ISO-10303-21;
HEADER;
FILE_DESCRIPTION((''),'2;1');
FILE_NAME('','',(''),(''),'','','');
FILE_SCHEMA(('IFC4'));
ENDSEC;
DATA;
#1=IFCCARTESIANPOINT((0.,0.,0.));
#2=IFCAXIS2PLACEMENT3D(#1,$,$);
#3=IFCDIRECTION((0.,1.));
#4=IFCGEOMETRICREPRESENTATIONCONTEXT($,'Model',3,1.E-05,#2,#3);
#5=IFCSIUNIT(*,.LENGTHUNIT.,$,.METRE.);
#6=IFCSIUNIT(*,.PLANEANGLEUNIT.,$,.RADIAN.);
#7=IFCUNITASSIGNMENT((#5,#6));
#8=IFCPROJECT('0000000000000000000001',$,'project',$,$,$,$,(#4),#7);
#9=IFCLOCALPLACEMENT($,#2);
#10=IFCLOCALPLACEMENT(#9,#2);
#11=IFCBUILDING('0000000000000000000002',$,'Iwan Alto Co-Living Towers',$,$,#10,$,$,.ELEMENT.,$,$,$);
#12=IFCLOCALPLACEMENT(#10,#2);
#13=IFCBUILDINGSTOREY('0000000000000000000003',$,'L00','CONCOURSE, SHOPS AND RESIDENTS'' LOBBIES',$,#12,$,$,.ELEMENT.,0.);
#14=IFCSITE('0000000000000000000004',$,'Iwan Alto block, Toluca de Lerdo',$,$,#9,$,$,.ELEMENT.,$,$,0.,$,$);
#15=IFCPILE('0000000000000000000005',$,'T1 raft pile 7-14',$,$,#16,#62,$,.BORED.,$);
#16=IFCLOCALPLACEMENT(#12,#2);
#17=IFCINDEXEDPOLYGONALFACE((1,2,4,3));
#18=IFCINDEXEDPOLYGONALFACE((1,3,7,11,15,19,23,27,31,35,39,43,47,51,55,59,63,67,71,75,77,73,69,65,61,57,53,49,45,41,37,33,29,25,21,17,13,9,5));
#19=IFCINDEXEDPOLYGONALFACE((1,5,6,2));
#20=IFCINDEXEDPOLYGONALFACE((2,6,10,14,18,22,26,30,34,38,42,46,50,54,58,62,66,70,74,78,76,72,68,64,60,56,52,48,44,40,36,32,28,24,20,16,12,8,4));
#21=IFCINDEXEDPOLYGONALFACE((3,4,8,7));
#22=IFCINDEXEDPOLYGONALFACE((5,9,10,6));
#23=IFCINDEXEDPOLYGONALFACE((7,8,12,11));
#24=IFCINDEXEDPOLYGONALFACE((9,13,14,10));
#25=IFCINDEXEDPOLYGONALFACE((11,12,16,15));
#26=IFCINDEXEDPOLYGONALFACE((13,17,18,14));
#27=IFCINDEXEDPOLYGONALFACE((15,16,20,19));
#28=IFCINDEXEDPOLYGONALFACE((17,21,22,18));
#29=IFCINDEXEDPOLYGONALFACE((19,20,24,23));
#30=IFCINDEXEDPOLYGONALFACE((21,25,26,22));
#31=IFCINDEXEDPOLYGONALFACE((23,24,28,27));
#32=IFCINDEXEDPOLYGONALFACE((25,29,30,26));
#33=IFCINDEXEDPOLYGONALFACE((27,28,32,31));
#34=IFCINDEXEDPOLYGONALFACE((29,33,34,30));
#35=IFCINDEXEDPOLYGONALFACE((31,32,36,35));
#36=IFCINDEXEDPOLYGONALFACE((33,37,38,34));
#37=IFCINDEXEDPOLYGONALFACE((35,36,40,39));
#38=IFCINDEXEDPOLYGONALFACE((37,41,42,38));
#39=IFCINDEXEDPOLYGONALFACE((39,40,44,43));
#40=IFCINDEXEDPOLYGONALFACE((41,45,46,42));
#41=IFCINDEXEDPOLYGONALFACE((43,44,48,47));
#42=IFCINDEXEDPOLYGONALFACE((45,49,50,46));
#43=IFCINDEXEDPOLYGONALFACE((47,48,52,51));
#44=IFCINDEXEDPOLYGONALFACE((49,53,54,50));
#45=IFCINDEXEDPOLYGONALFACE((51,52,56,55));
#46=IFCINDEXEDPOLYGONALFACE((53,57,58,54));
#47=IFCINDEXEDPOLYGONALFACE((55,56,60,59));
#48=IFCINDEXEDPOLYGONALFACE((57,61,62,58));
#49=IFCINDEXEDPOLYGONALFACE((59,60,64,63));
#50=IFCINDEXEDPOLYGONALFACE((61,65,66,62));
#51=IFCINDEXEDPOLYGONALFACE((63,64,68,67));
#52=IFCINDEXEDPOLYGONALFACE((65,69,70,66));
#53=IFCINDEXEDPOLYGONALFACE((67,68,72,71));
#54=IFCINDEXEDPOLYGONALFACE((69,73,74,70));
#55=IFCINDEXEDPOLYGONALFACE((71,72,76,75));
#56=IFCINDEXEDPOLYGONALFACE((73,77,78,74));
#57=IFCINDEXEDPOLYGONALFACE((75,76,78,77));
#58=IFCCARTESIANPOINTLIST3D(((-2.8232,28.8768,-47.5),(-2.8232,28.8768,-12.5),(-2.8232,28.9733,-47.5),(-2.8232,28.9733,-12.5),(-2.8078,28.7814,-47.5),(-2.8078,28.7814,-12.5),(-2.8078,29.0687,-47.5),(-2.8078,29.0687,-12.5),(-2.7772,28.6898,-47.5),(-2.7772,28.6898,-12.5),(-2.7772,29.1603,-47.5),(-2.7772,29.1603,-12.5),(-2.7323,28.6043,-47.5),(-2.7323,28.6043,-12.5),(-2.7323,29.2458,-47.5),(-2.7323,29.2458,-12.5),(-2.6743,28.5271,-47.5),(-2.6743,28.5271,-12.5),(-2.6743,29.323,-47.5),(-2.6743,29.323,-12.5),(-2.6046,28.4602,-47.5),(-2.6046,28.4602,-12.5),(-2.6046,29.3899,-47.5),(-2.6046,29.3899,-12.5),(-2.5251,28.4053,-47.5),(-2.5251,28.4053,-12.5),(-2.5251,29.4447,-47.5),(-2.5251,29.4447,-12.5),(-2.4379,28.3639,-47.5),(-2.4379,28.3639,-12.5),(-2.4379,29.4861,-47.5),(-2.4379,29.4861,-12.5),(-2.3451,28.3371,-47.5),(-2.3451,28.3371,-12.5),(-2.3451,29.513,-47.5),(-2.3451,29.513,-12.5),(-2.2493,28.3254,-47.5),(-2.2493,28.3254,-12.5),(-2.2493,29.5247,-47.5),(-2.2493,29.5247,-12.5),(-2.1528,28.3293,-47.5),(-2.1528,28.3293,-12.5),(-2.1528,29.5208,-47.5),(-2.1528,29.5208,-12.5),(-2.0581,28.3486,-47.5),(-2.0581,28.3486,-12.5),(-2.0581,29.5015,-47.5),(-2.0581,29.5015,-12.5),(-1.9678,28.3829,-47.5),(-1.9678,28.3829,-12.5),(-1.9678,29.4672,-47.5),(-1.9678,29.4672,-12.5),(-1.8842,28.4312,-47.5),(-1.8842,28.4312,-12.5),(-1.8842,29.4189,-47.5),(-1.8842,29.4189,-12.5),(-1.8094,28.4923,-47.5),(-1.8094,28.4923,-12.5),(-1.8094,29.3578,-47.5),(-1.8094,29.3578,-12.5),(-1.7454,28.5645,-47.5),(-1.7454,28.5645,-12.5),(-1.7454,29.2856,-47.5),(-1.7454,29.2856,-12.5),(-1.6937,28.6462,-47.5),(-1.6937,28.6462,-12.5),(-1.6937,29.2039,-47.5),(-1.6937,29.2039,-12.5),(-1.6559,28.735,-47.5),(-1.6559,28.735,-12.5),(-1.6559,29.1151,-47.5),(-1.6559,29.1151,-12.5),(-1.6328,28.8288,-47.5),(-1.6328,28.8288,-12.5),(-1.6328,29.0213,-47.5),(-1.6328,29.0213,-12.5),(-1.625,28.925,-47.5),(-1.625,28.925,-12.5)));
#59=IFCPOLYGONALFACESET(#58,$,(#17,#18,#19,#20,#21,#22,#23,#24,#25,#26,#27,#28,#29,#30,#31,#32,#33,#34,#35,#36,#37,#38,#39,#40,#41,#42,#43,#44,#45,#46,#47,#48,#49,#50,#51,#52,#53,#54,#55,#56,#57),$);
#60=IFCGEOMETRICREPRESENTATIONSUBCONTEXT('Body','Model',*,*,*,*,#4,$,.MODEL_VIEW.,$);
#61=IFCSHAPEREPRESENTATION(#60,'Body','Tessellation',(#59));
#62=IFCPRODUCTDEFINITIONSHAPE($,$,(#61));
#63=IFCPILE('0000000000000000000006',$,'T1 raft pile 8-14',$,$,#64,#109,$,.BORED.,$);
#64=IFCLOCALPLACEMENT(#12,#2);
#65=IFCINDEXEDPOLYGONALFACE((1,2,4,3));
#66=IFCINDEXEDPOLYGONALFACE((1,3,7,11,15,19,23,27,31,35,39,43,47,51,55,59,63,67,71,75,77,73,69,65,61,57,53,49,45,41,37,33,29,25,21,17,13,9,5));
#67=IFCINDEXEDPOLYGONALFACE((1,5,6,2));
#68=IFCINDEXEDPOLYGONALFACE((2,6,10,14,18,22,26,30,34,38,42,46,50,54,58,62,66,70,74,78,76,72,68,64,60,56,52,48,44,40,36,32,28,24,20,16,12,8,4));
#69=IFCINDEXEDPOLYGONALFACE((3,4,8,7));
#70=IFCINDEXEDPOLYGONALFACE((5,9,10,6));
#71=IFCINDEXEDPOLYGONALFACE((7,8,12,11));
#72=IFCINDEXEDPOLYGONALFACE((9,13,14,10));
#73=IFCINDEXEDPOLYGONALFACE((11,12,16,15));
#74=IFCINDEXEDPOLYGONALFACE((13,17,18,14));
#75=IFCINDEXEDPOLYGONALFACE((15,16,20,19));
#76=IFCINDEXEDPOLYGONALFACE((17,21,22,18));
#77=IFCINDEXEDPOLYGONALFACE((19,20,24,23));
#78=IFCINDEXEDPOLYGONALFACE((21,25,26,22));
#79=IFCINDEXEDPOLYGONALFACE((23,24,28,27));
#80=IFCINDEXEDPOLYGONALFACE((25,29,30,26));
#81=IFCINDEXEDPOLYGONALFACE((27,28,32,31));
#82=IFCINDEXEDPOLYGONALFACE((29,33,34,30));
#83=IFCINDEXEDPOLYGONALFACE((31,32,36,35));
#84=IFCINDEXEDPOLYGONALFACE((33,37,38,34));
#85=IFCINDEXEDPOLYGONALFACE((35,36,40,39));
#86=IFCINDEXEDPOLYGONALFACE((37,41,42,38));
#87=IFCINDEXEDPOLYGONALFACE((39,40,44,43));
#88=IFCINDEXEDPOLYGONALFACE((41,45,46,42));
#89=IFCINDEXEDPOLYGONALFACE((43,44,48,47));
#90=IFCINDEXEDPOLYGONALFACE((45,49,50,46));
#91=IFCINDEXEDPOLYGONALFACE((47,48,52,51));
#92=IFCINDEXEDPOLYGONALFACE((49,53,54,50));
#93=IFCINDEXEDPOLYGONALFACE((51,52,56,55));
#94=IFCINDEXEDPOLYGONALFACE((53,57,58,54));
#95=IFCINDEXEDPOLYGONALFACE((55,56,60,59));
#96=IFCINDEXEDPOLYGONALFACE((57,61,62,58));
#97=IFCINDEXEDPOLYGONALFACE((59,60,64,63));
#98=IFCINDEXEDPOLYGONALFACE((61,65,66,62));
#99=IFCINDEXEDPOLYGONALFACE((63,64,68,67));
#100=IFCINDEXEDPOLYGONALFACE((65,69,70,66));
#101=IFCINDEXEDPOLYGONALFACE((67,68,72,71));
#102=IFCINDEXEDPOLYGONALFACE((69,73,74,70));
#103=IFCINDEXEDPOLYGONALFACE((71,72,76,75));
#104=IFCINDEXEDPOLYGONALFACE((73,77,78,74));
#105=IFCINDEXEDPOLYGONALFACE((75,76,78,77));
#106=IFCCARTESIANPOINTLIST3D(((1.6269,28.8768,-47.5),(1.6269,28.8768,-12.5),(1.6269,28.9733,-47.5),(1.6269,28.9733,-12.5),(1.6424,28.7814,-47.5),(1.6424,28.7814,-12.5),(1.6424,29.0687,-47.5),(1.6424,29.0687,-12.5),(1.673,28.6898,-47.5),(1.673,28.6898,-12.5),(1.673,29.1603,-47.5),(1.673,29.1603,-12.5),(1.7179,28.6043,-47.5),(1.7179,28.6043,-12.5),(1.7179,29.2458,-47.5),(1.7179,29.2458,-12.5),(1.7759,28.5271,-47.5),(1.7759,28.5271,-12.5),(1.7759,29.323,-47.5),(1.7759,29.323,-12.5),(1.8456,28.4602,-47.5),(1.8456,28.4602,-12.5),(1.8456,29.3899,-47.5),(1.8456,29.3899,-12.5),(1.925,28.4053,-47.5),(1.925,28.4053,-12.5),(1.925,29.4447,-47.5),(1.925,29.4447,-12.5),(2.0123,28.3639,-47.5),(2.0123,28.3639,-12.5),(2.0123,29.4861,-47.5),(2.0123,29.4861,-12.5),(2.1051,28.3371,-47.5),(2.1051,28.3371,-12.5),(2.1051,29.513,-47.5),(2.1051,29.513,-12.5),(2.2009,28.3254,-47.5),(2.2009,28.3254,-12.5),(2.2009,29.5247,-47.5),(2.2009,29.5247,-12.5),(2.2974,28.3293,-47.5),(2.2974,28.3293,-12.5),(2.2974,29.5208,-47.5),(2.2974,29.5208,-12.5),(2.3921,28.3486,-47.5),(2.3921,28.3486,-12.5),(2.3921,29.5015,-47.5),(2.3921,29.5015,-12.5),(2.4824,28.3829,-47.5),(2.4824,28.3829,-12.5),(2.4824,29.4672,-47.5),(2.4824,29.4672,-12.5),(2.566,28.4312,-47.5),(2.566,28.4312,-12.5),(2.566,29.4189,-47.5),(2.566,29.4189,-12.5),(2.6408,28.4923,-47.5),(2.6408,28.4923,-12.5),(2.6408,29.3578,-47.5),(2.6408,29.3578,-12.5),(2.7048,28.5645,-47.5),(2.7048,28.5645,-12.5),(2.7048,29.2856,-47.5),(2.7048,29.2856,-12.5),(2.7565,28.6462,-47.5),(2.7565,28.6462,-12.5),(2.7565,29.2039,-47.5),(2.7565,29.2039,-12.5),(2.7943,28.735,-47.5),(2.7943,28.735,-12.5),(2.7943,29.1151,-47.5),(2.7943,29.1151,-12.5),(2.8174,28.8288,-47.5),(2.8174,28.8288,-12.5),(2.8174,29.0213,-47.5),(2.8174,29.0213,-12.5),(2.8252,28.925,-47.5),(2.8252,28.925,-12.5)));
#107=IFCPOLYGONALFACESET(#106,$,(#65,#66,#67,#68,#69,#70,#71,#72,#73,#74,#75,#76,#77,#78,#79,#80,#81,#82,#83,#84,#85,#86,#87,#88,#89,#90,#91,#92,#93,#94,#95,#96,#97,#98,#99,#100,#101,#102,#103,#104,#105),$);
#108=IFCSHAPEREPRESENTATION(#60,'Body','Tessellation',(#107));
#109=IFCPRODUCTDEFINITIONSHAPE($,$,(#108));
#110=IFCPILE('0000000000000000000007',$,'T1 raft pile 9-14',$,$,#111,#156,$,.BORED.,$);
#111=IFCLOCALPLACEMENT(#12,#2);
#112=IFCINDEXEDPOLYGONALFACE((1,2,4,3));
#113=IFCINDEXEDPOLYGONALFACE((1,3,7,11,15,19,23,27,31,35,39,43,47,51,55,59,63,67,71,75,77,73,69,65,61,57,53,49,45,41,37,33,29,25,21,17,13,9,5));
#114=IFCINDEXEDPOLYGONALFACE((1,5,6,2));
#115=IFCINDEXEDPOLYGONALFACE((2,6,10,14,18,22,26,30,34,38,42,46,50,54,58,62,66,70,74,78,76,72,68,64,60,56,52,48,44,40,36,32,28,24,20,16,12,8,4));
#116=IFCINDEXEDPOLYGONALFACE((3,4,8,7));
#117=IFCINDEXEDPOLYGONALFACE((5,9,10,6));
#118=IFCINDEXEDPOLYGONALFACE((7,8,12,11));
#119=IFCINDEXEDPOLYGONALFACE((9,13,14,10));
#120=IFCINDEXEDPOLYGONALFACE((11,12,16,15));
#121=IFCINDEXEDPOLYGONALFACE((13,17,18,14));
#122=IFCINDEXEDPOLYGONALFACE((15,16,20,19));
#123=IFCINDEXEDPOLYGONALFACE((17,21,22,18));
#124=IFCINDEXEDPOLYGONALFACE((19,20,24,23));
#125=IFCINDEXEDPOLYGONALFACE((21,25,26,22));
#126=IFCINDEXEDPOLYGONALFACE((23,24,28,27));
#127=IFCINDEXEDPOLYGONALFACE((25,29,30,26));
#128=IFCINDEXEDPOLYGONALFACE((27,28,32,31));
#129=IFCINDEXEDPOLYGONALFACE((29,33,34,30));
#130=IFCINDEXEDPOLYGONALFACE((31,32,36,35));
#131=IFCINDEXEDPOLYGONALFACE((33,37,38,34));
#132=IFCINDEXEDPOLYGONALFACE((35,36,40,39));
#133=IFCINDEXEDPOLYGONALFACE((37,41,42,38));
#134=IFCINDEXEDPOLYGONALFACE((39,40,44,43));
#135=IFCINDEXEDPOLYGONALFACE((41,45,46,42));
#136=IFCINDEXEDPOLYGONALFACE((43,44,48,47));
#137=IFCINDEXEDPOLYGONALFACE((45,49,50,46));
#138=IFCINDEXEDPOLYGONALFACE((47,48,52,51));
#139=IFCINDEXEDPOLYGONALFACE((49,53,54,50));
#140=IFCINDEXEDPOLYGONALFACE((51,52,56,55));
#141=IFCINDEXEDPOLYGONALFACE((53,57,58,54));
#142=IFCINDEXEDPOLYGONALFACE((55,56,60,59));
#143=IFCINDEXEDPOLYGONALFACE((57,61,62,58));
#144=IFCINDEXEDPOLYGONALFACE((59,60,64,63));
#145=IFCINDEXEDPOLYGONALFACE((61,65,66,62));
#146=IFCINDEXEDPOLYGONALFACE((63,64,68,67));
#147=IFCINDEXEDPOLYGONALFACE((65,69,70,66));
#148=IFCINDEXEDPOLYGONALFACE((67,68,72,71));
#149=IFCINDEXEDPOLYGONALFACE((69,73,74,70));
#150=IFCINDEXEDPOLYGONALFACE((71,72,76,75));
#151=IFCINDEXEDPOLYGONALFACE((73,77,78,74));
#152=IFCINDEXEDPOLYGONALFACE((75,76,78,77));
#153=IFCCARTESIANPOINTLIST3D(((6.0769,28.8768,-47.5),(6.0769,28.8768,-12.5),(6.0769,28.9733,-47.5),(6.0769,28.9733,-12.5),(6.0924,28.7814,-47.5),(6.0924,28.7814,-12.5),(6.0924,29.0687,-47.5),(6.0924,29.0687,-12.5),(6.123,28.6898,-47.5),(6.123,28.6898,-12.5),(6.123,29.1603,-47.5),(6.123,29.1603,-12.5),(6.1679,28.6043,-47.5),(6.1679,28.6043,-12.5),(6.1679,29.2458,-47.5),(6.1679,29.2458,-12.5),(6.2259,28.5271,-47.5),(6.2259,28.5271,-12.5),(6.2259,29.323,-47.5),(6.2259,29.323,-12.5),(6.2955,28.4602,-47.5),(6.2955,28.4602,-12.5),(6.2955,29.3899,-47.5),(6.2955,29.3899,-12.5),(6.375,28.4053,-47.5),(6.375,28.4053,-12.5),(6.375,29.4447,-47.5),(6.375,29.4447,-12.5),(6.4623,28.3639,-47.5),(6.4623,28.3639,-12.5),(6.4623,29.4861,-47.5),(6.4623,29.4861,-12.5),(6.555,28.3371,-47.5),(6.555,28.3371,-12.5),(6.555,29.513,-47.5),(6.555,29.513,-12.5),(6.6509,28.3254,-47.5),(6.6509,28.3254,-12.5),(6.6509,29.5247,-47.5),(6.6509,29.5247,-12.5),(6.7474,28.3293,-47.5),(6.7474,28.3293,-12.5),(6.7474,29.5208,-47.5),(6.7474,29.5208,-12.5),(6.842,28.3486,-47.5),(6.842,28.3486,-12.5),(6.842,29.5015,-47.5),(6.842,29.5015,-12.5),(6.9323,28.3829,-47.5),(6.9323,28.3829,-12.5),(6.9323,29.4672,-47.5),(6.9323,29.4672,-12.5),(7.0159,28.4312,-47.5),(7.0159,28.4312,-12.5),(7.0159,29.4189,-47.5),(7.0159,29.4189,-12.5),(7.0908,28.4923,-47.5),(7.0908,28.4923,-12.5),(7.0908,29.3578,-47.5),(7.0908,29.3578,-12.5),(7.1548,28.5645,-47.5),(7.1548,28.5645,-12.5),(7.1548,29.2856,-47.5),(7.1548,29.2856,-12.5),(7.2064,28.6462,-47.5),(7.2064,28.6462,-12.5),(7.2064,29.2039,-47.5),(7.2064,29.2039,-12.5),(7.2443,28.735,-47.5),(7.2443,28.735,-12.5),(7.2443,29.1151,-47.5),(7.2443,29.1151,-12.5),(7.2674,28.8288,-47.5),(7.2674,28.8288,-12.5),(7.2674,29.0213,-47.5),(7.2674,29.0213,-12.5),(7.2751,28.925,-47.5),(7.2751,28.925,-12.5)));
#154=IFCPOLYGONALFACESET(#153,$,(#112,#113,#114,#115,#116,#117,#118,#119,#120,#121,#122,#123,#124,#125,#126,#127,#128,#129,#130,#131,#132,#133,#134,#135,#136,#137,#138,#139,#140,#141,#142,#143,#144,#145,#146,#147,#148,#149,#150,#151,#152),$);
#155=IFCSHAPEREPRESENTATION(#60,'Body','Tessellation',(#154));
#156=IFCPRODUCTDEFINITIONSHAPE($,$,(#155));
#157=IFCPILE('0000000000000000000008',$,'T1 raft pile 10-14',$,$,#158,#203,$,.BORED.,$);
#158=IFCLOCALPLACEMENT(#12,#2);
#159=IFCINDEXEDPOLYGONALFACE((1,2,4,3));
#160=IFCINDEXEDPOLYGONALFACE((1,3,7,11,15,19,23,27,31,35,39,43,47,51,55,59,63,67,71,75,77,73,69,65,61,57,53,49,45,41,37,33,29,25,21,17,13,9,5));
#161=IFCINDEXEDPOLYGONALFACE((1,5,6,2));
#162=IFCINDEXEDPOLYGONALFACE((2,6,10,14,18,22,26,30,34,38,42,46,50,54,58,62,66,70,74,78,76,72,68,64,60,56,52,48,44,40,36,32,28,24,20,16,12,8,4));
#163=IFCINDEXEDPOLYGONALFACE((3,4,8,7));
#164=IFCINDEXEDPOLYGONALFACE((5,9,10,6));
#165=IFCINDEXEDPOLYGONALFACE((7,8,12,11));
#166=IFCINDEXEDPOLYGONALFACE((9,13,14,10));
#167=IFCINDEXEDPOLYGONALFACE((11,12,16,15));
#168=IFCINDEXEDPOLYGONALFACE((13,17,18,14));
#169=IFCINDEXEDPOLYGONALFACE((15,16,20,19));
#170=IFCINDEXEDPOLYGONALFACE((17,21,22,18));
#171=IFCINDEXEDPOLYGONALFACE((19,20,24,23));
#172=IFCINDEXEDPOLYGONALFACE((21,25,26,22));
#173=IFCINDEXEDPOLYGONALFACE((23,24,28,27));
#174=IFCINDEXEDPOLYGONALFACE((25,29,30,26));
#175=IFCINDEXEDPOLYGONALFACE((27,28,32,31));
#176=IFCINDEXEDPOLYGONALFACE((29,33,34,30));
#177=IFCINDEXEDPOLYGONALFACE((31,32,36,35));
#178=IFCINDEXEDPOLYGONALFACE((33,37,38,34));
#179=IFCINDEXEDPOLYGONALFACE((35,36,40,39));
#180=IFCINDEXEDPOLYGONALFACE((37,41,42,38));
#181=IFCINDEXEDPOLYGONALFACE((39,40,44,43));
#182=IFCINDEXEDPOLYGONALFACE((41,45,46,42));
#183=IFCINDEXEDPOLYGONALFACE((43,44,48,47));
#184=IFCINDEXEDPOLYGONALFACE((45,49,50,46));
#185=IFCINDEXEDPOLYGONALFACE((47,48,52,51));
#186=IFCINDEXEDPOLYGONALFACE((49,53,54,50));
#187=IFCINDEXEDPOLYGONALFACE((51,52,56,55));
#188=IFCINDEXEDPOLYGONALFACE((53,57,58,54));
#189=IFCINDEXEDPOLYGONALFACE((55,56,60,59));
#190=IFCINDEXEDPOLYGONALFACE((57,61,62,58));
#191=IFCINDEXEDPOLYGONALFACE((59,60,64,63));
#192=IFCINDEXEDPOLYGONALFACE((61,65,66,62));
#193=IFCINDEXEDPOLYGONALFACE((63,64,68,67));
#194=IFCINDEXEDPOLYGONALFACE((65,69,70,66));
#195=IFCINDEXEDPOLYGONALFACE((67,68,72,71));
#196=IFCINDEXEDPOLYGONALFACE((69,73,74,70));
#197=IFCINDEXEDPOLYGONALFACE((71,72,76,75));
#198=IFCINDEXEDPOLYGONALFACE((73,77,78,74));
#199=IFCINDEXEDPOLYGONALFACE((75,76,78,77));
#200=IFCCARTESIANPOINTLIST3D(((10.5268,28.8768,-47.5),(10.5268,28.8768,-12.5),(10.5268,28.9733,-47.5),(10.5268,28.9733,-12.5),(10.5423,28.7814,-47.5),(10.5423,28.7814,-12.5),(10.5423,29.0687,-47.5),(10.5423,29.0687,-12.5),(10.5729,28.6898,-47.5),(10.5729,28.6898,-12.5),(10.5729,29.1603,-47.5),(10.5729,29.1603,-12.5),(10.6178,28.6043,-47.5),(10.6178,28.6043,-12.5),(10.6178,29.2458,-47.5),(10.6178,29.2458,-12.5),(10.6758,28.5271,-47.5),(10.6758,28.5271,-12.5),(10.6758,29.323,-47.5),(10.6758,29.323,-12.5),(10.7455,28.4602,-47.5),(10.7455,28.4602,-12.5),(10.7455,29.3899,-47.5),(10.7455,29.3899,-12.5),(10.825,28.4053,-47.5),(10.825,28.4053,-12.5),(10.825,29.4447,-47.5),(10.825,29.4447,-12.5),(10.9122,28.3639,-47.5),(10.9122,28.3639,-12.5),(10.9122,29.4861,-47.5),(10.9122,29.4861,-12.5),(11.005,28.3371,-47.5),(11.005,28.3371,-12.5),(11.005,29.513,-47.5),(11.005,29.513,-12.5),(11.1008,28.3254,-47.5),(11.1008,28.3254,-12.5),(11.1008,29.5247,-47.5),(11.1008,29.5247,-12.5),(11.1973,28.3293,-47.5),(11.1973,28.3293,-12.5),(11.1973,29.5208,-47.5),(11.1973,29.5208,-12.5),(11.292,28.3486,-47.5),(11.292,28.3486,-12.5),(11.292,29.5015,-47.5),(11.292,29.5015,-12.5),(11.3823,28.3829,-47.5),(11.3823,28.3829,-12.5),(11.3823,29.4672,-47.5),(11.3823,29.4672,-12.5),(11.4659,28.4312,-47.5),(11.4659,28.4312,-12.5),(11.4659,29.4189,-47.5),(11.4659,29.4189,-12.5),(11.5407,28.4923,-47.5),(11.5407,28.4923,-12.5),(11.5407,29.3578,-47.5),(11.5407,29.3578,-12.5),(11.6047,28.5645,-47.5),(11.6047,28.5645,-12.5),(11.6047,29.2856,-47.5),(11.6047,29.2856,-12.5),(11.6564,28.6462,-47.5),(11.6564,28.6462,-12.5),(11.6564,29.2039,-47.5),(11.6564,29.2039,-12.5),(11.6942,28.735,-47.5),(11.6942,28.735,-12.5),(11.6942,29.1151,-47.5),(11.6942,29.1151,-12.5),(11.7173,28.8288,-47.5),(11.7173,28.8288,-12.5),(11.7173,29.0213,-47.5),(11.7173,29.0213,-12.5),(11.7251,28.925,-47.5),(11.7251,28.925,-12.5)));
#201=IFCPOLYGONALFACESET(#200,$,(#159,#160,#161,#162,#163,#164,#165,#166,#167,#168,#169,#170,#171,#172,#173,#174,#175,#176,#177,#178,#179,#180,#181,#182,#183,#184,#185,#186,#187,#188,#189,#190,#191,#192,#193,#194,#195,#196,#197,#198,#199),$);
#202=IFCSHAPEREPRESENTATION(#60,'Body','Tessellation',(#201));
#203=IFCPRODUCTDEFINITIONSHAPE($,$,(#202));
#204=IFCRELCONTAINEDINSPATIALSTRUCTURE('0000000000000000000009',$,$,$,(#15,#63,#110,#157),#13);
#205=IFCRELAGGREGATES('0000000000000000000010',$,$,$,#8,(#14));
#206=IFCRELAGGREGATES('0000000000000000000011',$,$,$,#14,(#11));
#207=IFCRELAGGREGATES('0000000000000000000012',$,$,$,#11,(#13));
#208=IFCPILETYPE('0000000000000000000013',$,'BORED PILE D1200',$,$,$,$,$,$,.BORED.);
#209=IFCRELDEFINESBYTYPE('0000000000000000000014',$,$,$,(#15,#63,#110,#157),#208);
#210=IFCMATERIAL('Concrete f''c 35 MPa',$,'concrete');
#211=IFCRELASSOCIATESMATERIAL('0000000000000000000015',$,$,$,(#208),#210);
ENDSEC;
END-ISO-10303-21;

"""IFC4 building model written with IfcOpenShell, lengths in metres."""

from ifc_helpers import new_model, si_unit, direction, frame, origin, origin_2d, place, context, subcontext, project, spatial, circle, extrude, material, material_profile, profile_set, type_object, element, save


model = new_model("IFC4")

# Units and contexts
model_context = context("Model", 3, precision=1e-05, world=origin(), true_north=direction((0.0, 1.0)))
body_context = subcontext(model_context, "Body", "Model", "MODEL_VIEW")
ifc_project = project(units=[si_unit("LENGTHUNIT", "METRE"), si_unit("PLANEANGLEUNIT", "RADIAN")], contexts=[model_context])

# Site, building, storey
site_placement = place(None, origin())
site = spatial("IfcSite", under=ifc_project, at=site_placement, Name="Iwan Alto block, Toluca de Lerdo", CompositionType="ELEMENT", RefElevation=0.0)
building_placement = place(site_placement, origin())
building = spatial("IfcBuilding", under=site, at=building_placement, Name="Iwan Alto Co-Living Towers", CompositionType="ELEMENT")
storey_placement = place(building_placement, origin())
storey = spatial("IfcBuildingStorey", under=building, at=storey_placement, Name="L00", Description="CONCOURSE, SHOPS AND RESIDENTS' LOBBIES", CompositionType="ELEMENT", Elevation=0.0)

# Piles
ifc_material_1 = material(Name="Concrete f'c 35 MPa", Category="concrete")
ifc_material_profile_1 = material_profile(ifc_material_1, circle(Radius=0.6001, at=origin_2d()), Name="D1200")
ifc_profile_set_1 = profile_set([ifc_material_profile_1], Name="Concrete f'c 35 MPa")
pile_type_1 = type_object("IfcPileType", Name="BORED PILE D1200", PredefinedType="BORED", material=ifc_profile_set_1)
for number, where, z_axis, x_axis, name in (
    (1, (-2.2251, 28.925, -12.5), (0.0, 0.0, -1.0), (1.0, 0.0, 0.0), "T1 raft pile 7-14"),
    (2, (2.2251, 28.925, -12.5), (0.0, 0.0, -1.0), (1.0, 0.0, 0.0), "T1 raft pile 8-14"),
    (3, (6.675, 28.925, -12.5), (0.0, 0.0, -1.0), (1.0, 0.0, 0.0), "T1 raft pile 9-14"),
    (4, (11.125, 28.925, -12.5), (0.0, 0.0, -1.0), (1.0, 0.0, 0.0), "T1 raft pile 10-14"),
):
    element("IfcPile", number, at=place(storey_placement, frame(where, z_axis=z_axis, x_axis=x_axis)), inside=storey, type_object=pile_type_1, Name=name, PredefinedType="BORED", context=body_context, shape_type="SweptSolid", body=[
        extrude(circle(Radius=0.6001, at=origin_2d()), origin(), (0.0, 0.0, 1.0), 35.0),
    ])

save(model, "model.ifc")
